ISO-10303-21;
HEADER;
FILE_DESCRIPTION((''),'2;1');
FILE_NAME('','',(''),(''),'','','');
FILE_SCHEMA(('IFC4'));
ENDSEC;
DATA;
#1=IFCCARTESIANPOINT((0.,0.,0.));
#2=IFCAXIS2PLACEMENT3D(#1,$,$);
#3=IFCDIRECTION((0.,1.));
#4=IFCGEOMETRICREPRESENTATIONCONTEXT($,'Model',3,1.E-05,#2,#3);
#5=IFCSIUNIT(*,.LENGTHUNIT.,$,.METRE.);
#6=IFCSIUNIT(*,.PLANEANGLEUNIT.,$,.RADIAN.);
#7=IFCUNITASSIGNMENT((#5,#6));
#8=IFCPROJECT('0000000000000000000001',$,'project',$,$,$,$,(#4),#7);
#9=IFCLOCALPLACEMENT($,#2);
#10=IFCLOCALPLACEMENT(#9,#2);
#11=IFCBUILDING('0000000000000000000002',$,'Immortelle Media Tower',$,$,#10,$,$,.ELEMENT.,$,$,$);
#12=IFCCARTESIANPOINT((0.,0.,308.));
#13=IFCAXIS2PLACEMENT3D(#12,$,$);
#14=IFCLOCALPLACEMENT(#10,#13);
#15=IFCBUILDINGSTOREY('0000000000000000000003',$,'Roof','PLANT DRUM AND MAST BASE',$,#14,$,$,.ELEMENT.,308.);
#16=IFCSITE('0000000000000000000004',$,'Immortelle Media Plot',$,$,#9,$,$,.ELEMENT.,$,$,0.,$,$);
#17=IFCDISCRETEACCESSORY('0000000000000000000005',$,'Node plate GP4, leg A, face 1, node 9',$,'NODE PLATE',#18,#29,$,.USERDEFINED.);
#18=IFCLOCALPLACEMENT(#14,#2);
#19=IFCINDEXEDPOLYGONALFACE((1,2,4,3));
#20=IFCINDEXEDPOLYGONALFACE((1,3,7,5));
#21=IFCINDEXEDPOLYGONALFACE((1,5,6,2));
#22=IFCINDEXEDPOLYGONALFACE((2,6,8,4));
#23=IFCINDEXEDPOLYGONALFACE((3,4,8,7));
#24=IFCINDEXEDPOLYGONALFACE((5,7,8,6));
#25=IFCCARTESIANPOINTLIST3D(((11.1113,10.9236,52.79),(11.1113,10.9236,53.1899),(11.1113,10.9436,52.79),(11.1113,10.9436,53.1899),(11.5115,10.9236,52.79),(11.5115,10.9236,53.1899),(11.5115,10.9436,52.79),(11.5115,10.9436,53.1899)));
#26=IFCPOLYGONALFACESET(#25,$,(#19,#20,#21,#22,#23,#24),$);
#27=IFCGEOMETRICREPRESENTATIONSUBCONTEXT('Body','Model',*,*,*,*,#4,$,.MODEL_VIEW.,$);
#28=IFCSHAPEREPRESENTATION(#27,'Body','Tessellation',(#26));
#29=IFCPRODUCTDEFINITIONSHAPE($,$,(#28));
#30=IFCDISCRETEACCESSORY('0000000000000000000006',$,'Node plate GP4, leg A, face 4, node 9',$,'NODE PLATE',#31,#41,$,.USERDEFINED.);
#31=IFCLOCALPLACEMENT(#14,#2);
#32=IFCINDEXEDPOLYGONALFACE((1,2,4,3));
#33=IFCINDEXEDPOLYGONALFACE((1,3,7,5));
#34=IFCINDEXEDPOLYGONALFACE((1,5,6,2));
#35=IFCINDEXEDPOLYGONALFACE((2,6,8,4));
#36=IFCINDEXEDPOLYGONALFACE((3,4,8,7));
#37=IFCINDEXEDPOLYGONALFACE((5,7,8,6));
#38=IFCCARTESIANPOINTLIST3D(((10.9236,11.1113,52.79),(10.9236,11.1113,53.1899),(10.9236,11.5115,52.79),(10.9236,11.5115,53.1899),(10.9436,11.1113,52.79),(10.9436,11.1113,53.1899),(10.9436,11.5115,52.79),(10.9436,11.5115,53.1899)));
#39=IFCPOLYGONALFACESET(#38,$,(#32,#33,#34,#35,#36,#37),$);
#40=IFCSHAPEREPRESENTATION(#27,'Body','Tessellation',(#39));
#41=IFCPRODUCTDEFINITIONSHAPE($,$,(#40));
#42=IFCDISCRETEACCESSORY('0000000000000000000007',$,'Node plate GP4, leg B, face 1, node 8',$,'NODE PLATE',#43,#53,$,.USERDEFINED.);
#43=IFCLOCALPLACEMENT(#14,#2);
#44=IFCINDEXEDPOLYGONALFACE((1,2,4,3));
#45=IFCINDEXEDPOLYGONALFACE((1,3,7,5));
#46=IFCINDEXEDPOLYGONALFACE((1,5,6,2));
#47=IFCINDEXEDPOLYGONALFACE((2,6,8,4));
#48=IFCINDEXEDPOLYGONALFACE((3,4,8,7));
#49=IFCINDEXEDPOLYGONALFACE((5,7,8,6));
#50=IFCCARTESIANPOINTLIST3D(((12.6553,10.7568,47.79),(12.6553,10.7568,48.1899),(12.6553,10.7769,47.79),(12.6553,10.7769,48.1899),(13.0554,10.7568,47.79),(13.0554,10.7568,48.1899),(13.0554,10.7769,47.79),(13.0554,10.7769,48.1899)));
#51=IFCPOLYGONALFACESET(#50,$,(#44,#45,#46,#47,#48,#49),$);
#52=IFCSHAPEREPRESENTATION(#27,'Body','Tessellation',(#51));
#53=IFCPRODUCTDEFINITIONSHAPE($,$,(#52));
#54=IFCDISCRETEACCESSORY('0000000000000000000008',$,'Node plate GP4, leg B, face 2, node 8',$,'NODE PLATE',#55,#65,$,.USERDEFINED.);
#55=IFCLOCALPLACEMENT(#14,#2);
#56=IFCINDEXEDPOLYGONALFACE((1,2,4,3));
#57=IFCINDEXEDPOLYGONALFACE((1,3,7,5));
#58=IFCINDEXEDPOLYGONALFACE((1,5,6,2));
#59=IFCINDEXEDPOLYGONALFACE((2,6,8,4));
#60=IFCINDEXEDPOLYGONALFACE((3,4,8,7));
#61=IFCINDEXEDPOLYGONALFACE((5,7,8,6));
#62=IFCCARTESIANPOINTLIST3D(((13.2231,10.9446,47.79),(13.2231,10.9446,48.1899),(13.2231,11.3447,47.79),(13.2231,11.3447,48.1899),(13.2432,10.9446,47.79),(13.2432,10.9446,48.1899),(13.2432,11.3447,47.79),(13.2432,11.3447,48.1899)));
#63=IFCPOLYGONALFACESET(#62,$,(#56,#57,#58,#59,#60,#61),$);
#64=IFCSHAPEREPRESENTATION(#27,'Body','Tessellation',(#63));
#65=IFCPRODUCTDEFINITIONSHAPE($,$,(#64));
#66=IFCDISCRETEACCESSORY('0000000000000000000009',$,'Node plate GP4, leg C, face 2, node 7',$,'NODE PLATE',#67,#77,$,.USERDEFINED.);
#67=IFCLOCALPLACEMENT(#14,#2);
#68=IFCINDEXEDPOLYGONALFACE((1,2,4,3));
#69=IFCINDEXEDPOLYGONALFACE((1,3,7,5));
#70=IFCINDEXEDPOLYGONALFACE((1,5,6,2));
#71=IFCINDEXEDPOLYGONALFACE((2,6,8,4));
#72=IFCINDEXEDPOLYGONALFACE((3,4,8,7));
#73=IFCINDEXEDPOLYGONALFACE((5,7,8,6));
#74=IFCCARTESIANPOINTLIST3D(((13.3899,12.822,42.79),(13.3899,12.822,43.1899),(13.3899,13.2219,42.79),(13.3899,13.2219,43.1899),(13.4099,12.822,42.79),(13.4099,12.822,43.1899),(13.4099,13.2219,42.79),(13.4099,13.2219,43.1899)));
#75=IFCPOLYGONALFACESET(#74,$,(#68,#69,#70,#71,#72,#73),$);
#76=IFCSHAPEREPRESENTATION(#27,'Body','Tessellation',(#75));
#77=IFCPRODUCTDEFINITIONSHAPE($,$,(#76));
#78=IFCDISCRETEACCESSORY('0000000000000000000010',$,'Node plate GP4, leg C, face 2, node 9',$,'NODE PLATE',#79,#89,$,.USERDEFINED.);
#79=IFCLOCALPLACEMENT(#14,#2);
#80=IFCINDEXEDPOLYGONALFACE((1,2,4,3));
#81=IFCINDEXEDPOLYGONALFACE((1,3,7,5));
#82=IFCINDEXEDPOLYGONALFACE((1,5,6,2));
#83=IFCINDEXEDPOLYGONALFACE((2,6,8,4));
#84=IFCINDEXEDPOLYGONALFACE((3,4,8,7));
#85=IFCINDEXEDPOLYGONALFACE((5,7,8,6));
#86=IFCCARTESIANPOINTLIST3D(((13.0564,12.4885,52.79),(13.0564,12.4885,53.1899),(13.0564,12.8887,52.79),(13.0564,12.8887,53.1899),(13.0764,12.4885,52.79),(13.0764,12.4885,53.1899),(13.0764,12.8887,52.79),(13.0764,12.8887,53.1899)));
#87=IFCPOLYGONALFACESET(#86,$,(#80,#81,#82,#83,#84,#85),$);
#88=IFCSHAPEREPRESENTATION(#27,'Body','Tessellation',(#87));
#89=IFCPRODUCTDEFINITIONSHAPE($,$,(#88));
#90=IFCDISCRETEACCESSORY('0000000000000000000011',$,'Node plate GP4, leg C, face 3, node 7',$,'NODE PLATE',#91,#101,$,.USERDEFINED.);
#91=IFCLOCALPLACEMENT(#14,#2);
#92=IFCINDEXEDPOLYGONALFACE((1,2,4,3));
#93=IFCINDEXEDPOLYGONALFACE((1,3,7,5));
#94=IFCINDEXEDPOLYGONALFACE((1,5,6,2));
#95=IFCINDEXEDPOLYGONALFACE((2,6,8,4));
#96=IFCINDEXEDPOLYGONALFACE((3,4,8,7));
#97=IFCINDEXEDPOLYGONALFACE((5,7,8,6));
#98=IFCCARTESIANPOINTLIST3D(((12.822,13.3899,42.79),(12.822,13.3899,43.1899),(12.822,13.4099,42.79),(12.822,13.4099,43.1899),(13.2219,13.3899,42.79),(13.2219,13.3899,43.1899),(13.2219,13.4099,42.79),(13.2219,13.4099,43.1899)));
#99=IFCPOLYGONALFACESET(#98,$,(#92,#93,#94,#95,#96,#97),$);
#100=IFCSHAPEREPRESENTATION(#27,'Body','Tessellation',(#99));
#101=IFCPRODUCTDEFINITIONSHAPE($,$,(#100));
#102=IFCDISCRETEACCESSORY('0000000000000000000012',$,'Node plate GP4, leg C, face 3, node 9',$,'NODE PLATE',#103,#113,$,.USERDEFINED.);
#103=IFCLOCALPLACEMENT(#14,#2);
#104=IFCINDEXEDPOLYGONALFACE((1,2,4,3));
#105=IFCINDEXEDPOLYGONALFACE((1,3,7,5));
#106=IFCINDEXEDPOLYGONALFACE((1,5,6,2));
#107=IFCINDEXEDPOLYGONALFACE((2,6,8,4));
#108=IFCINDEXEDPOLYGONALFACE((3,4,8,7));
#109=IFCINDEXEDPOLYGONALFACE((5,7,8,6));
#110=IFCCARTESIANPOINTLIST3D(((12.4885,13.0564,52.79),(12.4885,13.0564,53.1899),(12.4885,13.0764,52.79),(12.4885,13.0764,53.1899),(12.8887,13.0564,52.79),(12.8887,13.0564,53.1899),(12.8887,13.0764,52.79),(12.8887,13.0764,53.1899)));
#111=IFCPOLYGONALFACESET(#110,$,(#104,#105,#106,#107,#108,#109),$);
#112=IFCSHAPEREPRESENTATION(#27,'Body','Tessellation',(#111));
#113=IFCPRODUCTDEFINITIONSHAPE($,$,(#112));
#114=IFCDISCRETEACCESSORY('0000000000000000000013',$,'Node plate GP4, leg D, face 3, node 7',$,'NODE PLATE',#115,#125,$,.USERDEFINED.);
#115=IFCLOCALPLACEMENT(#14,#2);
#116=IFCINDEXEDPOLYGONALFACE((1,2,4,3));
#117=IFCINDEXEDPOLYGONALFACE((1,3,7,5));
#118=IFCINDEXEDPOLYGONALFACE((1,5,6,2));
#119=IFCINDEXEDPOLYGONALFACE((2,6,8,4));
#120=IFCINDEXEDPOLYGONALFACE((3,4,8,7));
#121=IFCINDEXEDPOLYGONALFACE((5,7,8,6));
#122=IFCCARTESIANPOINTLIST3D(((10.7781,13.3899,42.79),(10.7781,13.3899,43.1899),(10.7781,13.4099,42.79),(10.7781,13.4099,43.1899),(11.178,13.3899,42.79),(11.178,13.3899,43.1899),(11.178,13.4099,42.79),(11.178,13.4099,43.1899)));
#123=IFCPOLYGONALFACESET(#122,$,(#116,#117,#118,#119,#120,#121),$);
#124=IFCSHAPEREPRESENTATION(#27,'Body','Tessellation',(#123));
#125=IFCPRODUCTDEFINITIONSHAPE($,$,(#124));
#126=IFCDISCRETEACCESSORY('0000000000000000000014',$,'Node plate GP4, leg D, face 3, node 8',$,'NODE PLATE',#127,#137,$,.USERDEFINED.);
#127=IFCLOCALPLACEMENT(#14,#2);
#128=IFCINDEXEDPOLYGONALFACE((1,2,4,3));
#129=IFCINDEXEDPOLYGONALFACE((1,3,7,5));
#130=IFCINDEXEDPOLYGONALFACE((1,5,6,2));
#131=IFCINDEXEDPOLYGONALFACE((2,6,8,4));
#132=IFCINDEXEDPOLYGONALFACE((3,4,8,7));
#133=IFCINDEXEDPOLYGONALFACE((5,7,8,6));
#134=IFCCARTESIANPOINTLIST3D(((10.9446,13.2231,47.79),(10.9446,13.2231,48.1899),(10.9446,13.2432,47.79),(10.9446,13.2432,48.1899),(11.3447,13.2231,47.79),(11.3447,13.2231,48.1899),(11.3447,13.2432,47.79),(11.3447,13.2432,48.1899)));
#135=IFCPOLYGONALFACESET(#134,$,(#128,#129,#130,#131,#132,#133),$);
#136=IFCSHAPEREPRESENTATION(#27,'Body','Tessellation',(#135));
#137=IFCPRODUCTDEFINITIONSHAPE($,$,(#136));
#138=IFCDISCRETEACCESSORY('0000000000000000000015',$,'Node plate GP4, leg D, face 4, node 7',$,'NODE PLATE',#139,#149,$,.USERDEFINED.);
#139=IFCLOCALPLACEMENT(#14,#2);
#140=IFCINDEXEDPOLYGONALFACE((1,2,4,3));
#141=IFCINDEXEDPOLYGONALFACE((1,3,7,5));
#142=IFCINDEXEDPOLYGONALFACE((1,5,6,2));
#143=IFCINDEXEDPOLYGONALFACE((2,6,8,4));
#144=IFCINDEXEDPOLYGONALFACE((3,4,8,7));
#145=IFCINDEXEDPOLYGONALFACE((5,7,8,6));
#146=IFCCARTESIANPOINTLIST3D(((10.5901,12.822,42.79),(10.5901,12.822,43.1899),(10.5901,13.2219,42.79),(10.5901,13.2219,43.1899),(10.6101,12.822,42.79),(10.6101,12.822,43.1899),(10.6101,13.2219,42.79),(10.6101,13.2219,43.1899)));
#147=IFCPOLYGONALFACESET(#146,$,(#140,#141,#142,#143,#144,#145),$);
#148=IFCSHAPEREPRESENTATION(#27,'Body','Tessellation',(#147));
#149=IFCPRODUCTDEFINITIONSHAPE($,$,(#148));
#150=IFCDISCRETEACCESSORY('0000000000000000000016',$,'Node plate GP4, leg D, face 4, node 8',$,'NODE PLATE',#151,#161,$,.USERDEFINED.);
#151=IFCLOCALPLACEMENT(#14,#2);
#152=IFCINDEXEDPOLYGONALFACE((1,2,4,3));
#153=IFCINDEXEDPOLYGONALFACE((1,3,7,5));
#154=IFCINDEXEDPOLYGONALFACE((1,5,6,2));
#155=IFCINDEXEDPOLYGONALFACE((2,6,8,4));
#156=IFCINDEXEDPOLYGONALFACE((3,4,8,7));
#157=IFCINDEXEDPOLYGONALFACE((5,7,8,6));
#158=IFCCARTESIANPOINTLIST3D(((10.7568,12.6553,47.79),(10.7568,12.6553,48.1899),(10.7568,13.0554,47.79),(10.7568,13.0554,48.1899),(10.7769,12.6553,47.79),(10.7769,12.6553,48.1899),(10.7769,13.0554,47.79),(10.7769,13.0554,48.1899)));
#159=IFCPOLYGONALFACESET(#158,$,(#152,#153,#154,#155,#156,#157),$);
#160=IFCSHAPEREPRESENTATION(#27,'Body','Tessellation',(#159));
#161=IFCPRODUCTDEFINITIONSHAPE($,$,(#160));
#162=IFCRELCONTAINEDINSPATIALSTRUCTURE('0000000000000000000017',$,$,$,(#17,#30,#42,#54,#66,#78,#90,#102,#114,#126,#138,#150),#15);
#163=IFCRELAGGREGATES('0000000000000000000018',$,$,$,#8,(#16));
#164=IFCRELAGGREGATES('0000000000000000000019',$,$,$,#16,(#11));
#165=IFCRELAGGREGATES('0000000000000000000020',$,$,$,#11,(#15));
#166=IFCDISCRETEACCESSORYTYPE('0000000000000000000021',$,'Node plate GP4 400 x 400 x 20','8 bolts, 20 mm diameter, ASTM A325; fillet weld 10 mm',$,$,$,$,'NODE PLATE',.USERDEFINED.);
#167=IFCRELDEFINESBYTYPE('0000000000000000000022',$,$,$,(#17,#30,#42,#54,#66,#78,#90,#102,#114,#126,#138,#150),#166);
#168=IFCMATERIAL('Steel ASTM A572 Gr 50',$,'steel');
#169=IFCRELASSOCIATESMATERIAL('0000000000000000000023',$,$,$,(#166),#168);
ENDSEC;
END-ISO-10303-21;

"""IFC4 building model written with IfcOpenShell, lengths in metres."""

from ifc_helpers import new_model, si_unit, direction, frame, origin, origin_2d, place, context, subcontext, project, spatial, rectangle, extrude, material, material_profile, profile_set, type_object, element, save


model = new_model("IFC4")

# Units and contexts
model_context = context("Model", 3, precision=1e-05, world=origin(), true_north=direction((0.0, 1.0)))
body_context = subcontext(model_context, "Body", "Model", "MODEL_VIEW")
ifc_project = project(units=[si_unit("LENGTHUNIT", "METRE"), si_unit("PLANEANGLEUNIT", "RADIAN")], contexts=[model_context])

# Site, building, storey
site_placement = place(None, origin())
site = spatial("IfcSite", under=ifc_project, at=site_placement, Name="Immortelle Media Plot", CompositionType="ELEMENT", RefElevation=0.0)
building_placement = place(site_placement, origin())
building = spatial("IfcBuilding", under=site, at=building_placement, Name="Immortelle Media Tower", CompositionType="ELEMENT")
storey_placement = place(building_placement, frame((0.0, 0.0, 308.0)))
storey = spatial("IfcBuildingStorey", under=building, at=storey_placement, Name="Roof", Description="PLANT DRUM AND MAST BASE", CompositionType="ELEMENT", Elevation=308.0)

# Discrete accessories
ifc_material_1 = material(Name="Steel ASTM A572 Gr 50", Category="steel")
ifc_material_profile_1 = material_profile(ifc_material_1, rectangle(XDim=0.02, YDim=0.3999, at=origin_2d()), Name="PL 20 x 400")
ifc_profile_set_1 = profile_set([ifc_material_profile_1], Name="Steel ASTM A572 Gr 50")
discrete_accessory_type = type_object("IfcDiscreteAccessoryType", Name="Node plate GP4 400 x 400 x 20", Description="8 bolts, 20 mm diameter, ASTM A325; fillet weld 10 mm", ElementType="NODE PLATE", PredefinedType="USERDEFINED", material=ifc_profile_set_1)
for number, where, z_axis, x_axis, name in (
    (1, (11.1113, 10.9336, 52.99), (1.0, 0.0, 0.0), (0.0, 1.0, 0.0), "Node plate GP4, leg A, face 1, node 9"),
    (2, (10.9336, 11.1113, 52.99), (0.0, 1.0, 0.0), (-1.0, 0.0, 0.0), "Node plate GP4, leg A, face 4, node 9"),
    (3, (13.0554, 10.7668, 47.99), (-1.0, 0.0, 0.0), (0.0, -1.0, 0.0), "Node plate GP4, leg B, face 1, node 8"),
    (4, (13.2332, 10.9446, 47.99), (0.0, 1.0, 0.0), (-1.0, 0.0, 0.0), "Node plate GP4, leg B, face 2, node 8"),
):
    element("IfcDiscreteAccessory", number, at=place(storey_placement, frame(where, z_axis=z_axis, x_axis=x_axis)), inside=storey, type_object=discrete_accessory_type, Name=name, ObjectType="NODE PLATE", PredefinedType="USERDEFINED", context=body_context, shape_type="SweptSolid", body=[
        extrude(rectangle(XDim=0.02, YDim=0.3999, at=origin_2d()), origin(), (0.0, 0.0, 1.0), 0.4001),
    ])
discrete_accessory_1_placement = place(storey_placement, frame((13.3999, 13.2219, 42.99), z_axis=(0.0, -1.0, 0.0), x_axis=(1.0, 0.0, 0.0)))
element("IfcDiscreteAccessory", 5, at=discrete_accessory_1_placement, inside=storey, type_object=discrete_accessory_type, Name="Node plate GP4, leg C, face 2, node 7", ObjectType="NODE PLATE", PredefinedType="USERDEFINED", context=body_context, shape_type="SweptSolid", body=[
    extrude(rectangle(XDim=0.02, YDim=0.3999, at=origin_2d()), origin(), (0.0, 0.0, 1.0), 0.3999),
])
discrete_accessory_2_placement = place(storey_placement, frame((13.0664, 12.8887, 52.99), z_axis=(0.0, -1.0, 0.0), x_axis=(1.0, 0.0, 0.0)))
element("IfcDiscreteAccessory", 6, at=discrete_accessory_2_placement, inside=storey, type_object=discrete_accessory_type, Name="Node plate GP4, leg C, face 2, node 9", ObjectType="NODE PLATE", PredefinedType="USERDEFINED", context=body_context, shape_type="SweptSolid", body=[
    extrude(rectangle(XDim=0.02, YDim=0.3999, at=origin_2d()), origin(), (0.0, 0.0, 1.0), 0.4001),
])
discrete_accessory_3_placement = place(storey_placement, frame((13.2219, 13.3999, 42.99), z_axis=(-1.0, 0.0, 0.0), x_axis=(0.0, -1.0, 0.0)))
element("IfcDiscreteAccessory", 7, at=discrete_accessory_3_placement, inside=storey, type_object=discrete_accessory_type, Name="Node plate GP4, leg C, face 3, node 7", ObjectType="NODE PLATE", PredefinedType="USERDEFINED", context=body_context, shape_type="SweptSolid", body=[
    extrude(rectangle(XDim=0.02, YDim=0.3999, at=origin_2d()), origin(), (0.0, 0.0, 1.0), 0.3999),
])
discrete_accessory_4_placement = place(storey_placement, frame((12.8887, 13.0664, 52.99), z_axis=(-1.0, 0.0, 0.0), x_axis=(0.0, -1.0, 0.0)))
element("IfcDiscreteAccessory", 8, at=discrete_accessory_4_placement, inside=storey, type_object=discrete_accessory_type, Name="Node plate GP4, leg C, face 3, node 9", ObjectType="NODE PLATE", PredefinedType="USERDEFINED", context=body_context, shape_type="SweptSolid", body=[
    extrude(rectangle(XDim=0.02, YDim=0.3999, at=origin_2d()), origin(), (0.0, 0.0, 1.0), 0.4001),
])
discrete_accessory_5_placement = place(storey_placement, frame((10.7781, 13.3999, 42.99), z_axis=(1.0, 0.0, 0.0), x_axis=(0.0, 1.0, 0.0)))
element("IfcDiscreteAccessory", 9, at=discrete_accessory_5_placement, inside=storey, type_object=discrete_accessory_type, Name="Node plate GP4, leg D, face 3, node 7", ObjectType="NODE PLATE", PredefinedType="USERDEFINED", context=body_context, shape_type="SweptSolid", body=[
    extrude(rectangle(XDim=0.02, YDim=0.3999, at=origin_2d()), origin(), (0.0, 0.0, 1.0), 0.3999),
])
discrete_accessory_6_placement = place(storey_placement, frame((10.9446, 13.2332, 47.99), z_axis=(1.0, 0.0, 0.0), x_axis=(0.0, 1.0, 0.0)))
element("IfcDiscreteAccessory", 10, at=discrete_accessory_6_placement, inside=storey, type_object=discrete_accessory_type, Name="Node plate GP4, leg D, face 3, node 8", ObjectType="NODE PLATE", PredefinedType="USERDEFINED", context=body_context, shape_type="SweptSolid", body=[
    extrude(rectangle(XDim=0.02, YDim=0.3999, at=origin_2d()), origin(), (0.0, 0.0, 1.0), 0.4001),
])
discrete_accessory_7_placement = place(storey_placement, frame((10.6001, 13.2219, 42.99), z_axis=(0.0, -1.0, 0.0), x_axis=(1.0, 0.0, 0.0)))
element("IfcDiscreteAccessory", 11, at=discrete_accessory_7_placement, inside=storey, type_object=discrete_accessory_type, Name="Node plate GP4, leg D, face 4, node 7", ObjectType="NODE PLATE", PredefinedType="USERDEFINED", context=body_context, shape_type="SweptSolid", body=[
    extrude(rectangle(XDim=0.02, YDim=0.3999, at=origin_2d()), origin(), (0.0, 0.0, 1.0), 0.3999),
])
discrete_accessory_8_placement = place(storey_placement, frame((10.7668, 13.0554, 47.99), z_axis=(0.0, -1.0, 0.0), x_axis=(1.0, 0.0, 0.0)))
element("IfcDiscreteAccessory", 12, at=discrete_accessory_8_placement, inside=storey, type_object=discrete_accessory_type, Name="Node plate GP4, leg D, face 4, node 8", ObjectType="NODE PLATE", PredefinedType="USERDEFINED", context=body_context, shape_type="SweptSolid", body=[
    extrude(rectangle(XDim=0.02, YDim=0.3999, at=origin_2d()), origin(), (0.0, 0.0, 1.0), 0.4001),
])

save(model, "model.ifc")
